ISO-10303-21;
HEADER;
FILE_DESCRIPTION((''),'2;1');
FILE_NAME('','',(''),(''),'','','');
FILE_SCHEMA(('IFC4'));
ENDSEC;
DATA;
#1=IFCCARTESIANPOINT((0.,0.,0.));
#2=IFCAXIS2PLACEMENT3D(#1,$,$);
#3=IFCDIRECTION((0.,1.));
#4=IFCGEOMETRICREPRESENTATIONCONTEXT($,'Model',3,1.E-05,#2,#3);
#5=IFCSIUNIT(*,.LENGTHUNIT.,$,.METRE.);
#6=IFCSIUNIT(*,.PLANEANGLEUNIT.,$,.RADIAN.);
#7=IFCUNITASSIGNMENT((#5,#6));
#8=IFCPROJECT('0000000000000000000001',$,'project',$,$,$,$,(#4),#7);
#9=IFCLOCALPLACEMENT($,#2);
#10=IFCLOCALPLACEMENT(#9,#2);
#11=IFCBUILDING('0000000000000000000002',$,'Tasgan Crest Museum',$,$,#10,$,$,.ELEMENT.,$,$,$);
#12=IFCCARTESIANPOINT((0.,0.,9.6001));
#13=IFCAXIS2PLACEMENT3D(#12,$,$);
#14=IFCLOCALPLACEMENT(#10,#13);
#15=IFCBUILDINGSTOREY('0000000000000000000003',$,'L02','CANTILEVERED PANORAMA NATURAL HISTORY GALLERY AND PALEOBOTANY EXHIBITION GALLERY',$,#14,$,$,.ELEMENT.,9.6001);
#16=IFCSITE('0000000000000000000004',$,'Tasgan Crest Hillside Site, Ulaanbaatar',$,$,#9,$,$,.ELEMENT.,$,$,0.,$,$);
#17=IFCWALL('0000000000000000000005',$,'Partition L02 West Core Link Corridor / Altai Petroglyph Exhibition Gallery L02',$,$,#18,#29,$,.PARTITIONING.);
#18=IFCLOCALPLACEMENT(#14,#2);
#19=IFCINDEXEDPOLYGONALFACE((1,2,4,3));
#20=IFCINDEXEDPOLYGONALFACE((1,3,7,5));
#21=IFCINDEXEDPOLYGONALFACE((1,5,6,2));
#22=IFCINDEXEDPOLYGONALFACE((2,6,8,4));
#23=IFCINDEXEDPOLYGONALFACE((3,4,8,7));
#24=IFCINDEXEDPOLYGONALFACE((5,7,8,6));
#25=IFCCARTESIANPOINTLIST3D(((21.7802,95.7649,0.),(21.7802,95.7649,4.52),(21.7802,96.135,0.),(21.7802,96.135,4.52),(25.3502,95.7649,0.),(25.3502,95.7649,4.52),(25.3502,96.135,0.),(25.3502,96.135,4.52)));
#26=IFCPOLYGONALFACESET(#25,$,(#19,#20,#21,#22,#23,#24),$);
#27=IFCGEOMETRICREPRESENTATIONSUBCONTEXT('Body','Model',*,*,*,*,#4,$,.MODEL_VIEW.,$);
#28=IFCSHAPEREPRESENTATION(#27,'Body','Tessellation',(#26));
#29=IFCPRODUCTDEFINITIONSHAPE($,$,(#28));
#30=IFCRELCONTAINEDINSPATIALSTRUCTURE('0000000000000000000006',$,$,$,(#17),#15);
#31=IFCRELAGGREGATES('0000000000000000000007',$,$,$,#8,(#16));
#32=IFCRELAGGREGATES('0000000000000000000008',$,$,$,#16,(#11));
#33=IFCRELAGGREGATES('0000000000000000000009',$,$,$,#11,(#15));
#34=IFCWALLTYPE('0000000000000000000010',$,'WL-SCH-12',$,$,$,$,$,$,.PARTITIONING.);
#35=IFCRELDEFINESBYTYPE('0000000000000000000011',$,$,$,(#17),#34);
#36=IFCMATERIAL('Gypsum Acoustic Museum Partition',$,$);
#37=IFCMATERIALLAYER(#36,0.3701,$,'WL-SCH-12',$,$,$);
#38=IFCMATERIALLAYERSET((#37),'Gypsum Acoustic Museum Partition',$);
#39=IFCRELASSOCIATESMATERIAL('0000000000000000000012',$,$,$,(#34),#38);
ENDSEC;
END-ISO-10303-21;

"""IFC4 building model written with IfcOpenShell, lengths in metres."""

from ifc_helpers import new_model, si_unit, direction, frame, frame_2d, origin, place, context, subcontext, project, spatial, rectangle, extrude, material, layer, layer_set, type_object, element, save


model = new_model("IFC4")

# Units and contexts
model_context = context("Model", 3, precision=1e-05, world=origin(), true_north=direction((0.0, 1.0)))
body_context = subcontext(model_context, "Body", "Model", "MODEL_VIEW")
ifc_project = project(units=[si_unit("LENGTHUNIT", "METRE"), si_unit("PLANEANGLEUNIT", "RADIAN")], contexts=[model_context])

# Site, building, storey
site_placement = place(None, origin())
site = spatial("IfcSite", under=ifc_project, at=site_placement, Name="Tasgan Crest Hillside Site, Ulaanbaatar", CompositionType="ELEMENT", RefElevation=0.0)
building_placement = place(site_placement, origin())
building = spatial("IfcBuilding", under=site, at=building_placement, Name="Tasgan Crest Museum", CompositionType="ELEMENT")
storey_placement = place(building_placement, frame((0.0, 0.0, 9.6001)))
storey = spatial("IfcBuildingStorey", under=building, at=storey_placement, Name="L02", Description="CANTILEVERED PANORAMA NATURAL HISTORY GALLERY AND PALEOBOTANY EXHIBITION GALLERY", CompositionType="ELEMENT", Elevation=9.6001)

# Wall
ifc_material_1 = material(Name="Gypsum Acoustic Museum Partition")
ifc_layer_1 = layer(ifc_material_1, 0.3701, Name="WL-SCH-12")
ifc_layer_set_1 = layer_set([ifc_layer_1], Name="Gypsum Acoustic Museum Partition")
wall_type_1 = type_object("IfcWallType", Name="WL-SCH-12", PredefinedType="PARTITIONING", material=ifc_layer_set_1)
wall_placement = place(storey_placement, frame((21.78, 95.95, 0.0), z_axis=(0.0, 0.0, 1.0), x_axis=(1.0, 0.0, 0.0)))
element("IfcWall", 1, at=wall_placement, inside=storey, type_object=wall_type_1, Name="Partition L02 West Core Link Corridor / Altai Petroglyph Exhibition Gallery L02", PredefinedType="PARTITIONING", context=body_context, shape_type="SweptSolid", body=[
    extrude(rectangle(XDim=3.5701, YDim=0.3701, at=frame_2d((1.7852, 0.0))), origin(), (0.0, 0.0, 1.0), 4.52),
])

save(model, "model.ifc")
